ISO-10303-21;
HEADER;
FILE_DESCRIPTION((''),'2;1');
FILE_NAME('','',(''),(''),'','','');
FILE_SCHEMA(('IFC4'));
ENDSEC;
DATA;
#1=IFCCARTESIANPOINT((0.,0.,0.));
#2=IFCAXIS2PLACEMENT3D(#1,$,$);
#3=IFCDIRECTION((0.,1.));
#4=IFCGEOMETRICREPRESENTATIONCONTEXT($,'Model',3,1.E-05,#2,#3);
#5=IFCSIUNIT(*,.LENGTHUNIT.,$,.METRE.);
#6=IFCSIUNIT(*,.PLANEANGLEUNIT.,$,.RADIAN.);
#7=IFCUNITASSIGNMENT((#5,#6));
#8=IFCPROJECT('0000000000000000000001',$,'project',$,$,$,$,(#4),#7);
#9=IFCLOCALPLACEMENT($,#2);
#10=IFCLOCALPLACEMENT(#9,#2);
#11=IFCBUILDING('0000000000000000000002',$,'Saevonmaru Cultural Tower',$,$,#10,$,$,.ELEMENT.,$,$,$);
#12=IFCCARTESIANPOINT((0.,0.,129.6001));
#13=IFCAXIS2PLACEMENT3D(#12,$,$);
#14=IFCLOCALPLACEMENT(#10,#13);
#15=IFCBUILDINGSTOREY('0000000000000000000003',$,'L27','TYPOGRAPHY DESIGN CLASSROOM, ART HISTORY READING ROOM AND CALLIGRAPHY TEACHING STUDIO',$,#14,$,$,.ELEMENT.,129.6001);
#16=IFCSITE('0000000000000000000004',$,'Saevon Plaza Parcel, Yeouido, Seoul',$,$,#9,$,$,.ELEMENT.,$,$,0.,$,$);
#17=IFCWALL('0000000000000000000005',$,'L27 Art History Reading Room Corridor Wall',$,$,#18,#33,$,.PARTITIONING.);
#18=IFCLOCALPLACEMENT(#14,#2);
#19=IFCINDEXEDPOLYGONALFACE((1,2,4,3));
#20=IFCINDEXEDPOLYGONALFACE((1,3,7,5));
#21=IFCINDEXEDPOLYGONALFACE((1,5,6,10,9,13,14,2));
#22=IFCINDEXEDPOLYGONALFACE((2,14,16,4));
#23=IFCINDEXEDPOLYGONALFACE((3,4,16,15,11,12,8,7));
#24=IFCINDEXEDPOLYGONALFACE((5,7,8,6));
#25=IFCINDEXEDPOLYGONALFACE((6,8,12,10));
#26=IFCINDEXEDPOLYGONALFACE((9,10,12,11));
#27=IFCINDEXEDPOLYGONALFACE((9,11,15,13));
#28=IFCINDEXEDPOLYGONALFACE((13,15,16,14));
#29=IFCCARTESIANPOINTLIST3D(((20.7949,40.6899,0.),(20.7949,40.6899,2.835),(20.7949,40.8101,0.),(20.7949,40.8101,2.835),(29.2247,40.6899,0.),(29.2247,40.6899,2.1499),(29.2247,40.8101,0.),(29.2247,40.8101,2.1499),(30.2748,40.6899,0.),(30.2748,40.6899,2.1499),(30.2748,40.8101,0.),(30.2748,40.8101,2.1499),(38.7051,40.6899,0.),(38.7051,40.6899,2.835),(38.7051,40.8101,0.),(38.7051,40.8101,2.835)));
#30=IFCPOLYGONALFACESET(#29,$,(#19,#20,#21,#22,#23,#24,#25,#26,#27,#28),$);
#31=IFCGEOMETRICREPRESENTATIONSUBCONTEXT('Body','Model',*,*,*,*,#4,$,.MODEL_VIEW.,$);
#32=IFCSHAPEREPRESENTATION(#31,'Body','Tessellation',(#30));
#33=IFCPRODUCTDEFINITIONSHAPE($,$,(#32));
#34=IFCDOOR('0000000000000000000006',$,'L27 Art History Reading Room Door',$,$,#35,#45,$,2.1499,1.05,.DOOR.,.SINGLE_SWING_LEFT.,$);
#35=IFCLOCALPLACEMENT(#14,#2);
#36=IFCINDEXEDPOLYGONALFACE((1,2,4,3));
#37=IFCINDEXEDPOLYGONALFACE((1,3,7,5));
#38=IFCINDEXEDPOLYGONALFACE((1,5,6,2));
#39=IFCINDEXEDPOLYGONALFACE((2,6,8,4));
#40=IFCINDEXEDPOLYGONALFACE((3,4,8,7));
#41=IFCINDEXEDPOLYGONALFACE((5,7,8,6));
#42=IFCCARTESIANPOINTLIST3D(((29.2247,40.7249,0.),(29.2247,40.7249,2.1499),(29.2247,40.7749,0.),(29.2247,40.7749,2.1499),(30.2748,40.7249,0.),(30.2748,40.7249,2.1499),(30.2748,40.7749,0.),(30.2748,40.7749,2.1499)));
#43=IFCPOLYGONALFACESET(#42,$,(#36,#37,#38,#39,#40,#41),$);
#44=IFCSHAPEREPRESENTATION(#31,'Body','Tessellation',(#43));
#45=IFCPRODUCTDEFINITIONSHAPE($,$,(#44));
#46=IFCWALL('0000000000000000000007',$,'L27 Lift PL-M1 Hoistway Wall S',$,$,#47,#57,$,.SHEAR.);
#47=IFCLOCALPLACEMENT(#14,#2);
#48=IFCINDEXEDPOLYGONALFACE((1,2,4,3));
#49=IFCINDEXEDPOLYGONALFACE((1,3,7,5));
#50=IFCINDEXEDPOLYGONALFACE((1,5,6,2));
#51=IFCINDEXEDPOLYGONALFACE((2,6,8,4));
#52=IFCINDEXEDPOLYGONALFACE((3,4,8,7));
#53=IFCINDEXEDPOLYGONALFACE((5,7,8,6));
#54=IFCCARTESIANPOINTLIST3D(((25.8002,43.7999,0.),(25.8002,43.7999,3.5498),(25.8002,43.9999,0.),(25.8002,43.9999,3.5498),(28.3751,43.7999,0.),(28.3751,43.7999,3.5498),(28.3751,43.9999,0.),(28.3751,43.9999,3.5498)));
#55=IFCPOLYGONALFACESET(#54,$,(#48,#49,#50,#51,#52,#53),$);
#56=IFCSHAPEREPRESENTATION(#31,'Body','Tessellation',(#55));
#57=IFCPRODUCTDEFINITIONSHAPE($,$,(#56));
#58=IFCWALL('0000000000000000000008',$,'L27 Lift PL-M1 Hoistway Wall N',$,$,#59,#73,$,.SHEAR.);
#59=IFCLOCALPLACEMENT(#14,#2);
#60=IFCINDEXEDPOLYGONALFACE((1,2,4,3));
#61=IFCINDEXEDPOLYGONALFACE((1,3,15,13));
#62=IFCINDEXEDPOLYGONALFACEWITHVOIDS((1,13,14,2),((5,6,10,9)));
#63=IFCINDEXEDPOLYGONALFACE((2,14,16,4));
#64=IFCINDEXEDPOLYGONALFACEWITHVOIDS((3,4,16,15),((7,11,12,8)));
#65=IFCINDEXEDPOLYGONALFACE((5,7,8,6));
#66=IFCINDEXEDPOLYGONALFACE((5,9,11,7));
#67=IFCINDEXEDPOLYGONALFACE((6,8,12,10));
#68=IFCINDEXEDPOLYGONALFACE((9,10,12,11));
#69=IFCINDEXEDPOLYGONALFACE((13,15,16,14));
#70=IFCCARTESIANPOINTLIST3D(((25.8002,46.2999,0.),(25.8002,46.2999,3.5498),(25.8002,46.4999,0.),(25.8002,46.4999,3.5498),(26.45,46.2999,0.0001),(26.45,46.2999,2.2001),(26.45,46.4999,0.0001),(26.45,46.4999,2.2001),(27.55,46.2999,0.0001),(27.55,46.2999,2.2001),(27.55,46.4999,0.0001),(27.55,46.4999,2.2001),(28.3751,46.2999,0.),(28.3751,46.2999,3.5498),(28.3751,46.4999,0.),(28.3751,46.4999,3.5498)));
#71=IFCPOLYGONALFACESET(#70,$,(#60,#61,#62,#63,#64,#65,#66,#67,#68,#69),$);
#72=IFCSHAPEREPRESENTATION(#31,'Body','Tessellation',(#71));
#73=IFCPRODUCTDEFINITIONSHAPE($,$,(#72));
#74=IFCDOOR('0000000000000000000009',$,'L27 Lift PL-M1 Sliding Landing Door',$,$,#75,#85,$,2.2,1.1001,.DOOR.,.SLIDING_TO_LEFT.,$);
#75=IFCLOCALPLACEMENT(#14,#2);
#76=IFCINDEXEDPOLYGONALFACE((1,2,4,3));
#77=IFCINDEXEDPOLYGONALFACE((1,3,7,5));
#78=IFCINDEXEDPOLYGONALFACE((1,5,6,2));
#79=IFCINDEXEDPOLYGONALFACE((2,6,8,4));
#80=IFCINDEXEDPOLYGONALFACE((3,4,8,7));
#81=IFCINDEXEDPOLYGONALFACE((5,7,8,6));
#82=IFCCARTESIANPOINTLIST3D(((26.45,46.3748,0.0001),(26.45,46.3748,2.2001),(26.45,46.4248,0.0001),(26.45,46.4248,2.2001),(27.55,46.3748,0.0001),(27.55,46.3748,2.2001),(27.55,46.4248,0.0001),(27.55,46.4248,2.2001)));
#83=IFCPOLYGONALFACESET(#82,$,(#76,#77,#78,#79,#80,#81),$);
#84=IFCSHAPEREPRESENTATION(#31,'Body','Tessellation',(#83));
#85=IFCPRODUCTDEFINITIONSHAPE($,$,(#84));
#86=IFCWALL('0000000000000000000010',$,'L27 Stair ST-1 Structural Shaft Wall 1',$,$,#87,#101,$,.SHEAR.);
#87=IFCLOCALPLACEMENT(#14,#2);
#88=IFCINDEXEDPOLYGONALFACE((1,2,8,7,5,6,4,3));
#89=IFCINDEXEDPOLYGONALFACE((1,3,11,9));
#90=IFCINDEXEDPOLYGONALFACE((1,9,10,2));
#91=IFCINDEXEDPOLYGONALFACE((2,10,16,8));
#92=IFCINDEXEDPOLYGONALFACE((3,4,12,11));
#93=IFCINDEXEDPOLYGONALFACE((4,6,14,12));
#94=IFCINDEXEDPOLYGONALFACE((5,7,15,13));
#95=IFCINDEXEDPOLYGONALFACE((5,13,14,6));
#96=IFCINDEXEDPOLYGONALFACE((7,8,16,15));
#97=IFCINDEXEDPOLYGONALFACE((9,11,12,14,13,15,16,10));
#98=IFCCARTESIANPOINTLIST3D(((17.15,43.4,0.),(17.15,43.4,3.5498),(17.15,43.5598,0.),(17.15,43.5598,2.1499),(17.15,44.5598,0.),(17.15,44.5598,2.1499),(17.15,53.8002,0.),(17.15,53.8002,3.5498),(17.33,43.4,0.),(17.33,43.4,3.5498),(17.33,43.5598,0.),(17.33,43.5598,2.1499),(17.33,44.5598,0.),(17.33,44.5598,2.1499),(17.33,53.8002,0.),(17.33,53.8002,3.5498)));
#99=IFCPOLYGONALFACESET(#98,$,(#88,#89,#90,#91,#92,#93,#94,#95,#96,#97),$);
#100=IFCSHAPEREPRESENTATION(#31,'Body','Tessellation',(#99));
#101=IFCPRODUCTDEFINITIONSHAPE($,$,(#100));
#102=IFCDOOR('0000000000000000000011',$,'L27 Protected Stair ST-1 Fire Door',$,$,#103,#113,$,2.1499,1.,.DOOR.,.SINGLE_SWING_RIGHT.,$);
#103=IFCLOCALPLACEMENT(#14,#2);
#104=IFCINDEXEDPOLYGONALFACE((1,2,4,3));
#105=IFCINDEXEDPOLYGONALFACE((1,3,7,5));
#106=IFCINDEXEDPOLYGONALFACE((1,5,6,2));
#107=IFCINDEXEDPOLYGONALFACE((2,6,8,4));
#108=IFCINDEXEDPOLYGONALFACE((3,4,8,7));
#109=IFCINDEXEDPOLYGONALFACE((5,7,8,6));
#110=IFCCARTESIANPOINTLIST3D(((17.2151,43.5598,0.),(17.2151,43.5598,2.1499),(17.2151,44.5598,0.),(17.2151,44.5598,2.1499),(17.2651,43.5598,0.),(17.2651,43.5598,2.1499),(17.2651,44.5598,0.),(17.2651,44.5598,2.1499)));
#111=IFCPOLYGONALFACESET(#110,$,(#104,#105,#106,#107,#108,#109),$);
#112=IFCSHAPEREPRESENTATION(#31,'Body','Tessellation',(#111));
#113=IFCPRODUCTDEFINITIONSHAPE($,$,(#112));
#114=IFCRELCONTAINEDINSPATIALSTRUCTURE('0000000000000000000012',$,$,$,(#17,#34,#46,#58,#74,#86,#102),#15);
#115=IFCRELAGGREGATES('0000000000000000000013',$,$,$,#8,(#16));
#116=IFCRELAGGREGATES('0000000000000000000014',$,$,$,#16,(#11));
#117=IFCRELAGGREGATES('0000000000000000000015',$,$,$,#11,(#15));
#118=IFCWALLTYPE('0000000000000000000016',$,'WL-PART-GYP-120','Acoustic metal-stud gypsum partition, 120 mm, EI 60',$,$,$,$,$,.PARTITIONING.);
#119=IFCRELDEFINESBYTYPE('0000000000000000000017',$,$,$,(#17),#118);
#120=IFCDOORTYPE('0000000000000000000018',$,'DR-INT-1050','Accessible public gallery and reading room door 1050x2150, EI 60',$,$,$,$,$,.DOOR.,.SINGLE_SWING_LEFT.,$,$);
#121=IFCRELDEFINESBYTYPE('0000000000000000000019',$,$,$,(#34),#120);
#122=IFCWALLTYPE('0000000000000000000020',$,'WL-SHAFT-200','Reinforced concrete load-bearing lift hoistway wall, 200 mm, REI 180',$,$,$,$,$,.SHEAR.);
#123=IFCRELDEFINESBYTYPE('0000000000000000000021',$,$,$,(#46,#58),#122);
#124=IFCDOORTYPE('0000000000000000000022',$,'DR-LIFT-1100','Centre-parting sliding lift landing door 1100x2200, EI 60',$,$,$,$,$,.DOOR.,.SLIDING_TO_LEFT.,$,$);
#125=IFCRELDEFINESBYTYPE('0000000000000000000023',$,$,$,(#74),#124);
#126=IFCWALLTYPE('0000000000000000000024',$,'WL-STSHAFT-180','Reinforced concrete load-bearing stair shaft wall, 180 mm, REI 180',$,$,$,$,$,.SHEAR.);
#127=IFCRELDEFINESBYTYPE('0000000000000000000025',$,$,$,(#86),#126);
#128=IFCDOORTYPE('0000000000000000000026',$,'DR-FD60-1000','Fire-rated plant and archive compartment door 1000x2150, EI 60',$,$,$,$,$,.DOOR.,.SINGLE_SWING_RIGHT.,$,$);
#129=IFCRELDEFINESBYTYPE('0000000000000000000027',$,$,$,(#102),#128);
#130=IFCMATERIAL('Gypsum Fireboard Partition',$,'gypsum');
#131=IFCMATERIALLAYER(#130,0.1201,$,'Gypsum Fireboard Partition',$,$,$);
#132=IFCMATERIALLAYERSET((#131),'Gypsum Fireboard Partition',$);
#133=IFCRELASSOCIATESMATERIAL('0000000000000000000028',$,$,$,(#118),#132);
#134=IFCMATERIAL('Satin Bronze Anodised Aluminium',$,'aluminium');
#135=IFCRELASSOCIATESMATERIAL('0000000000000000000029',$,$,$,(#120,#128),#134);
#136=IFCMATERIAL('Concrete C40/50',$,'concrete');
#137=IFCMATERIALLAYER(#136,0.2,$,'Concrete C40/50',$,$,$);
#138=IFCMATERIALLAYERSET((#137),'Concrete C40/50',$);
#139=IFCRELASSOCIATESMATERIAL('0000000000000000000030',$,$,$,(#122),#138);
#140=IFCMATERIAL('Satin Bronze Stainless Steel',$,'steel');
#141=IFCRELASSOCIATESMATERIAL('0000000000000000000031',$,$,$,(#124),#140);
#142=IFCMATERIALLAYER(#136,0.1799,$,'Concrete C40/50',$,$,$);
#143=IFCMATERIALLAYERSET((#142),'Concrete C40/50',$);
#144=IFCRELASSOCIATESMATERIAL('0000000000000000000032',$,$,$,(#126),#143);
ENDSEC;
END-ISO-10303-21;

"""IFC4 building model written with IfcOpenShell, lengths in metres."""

from ifc_helpers import new_model, si_unit, direction, frame, frame_2d, origin, place, context, subcontext, project, spatial, rectangle, extrude, material, layer, layer_set, type_object, element, fill, save


model = new_model("IFC4")

# Units and contexts
model_context = context("Model", 3, precision=1e-05, world=origin(), true_north=direction((0.0, 1.0)))
body_context = subcontext(model_context, "Body", "Model", "MODEL_VIEW")
ifc_project = project(units=[si_unit("LENGTHUNIT", "METRE"), si_unit("PLANEANGLEUNIT", "RADIAN")], contexts=[model_context])

# Site, building, storey
site_placement = place(None, origin())
site = spatial("IfcSite", under=ifc_project, at=site_placement, Name="Saevon Plaza Parcel, Yeouido, Seoul", CompositionType="ELEMENT", RefElevation=0.0)
building_placement = place(site_placement, origin())
building = spatial("IfcBuilding", under=site, at=building_placement, Name="Saevonmaru Cultural Tower", CompositionType="ELEMENT")
storey_placement = place(building_placement, frame((0.0, 0.0, 129.6001)))
storey = spatial("IfcBuildingStorey", under=building, at=storey_placement, Name="L27", Description="TYPOGRAPHY DESIGN CLASSROOM, ART HISTORY READING ROOM AND CALLIGRAPHY TEACHING STUDIO", CompositionType="ELEMENT", Elevation=129.6001)

# Shared definitions
ifc_material_1 = material(Name="Gypsum Fireboard Partition", Category="gypsum")
ifc_material_2 = material(Name="Satin Bronze Anodised Aluminium", Category="aluminium")

# Wall, opening, door
ifc_layer_1 = layer(ifc_material_1, 0.1201, Name="Gypsum Fireboard Partition")
ifc_layer_set_1 = layer_set([ifc_layer_1], Name="Gypsum Fireboard Partition")
wall_type_1 = type_object("IfcWallType", Name="WL-PART-GYP-120", Description="Acoustic metal-stud gypsum partition, 120 mm, EI 60", PredefinedType="PARTITIONING", material=ifc_layer_set_1)
wall_1_placement = place(storey_placement, frame((20.7949, 40.75, 0.0), z_axis=(0.0, 0.0, 1.0), x_axis=(1.0, 0.0, 0.0)))
wall_1 = element("IfcWall", 1, at=wall_1_placement, inside=storey, type_object=wall_type_1, Name="L27 Art History Reading Room Corridor Wall", PredefinedType="PARTITIONING", context=body_context, shape_type="SweptSolid", body=[
    extrude(rectangle(XDim=17.9102, YDim=0.1201, at=frame_2d((8.9551, 0.0))), origin(), (0.0, 0.0, 1.0), 2.835),
])
opening_1_placement = place(wall_1_placement, frame((8.4299, 0.0, 0.0)))
opening_1 = element("IfcOpeningElement", 2, at=opening_1_placement, cuts=wall_1, PredefinedType="OPENING", context=body_context, shape_type="SweptSolid", body=[
    extrude(rectangle(XDim=1.05, YDim=2.1499, at=frame_2d((0.5249, 1.075))), frame((0.0, 0.0701, 0.0), z_axis=(0.0, -1.0, 0.0), x_axis=(1.0, 0.0, 0.0)), (0.0, 0.0, 1.0), 0.1401),
])
door_type_1 = type_object("IfcDoorType", Name="DR-INT-1050", Description="Accessible public gallery and reading room door 1050x2150, EI 60", OperationType="SINGLE_SWING_LEFT", PredefinedType="DOOR", material=ifc_material_2)
door_1_placement = place(opening_1_placement, origin())
door_1 = element("IfcDoor", 3, at=door_1_placement, inside=storey, type_object=door_type_1, Name="L27 Art History Reading Room Door", OperationType="SINGLE_SWING_LEFT", OverallHeight=2.1499, OverallWidth=1.05, PredefinedType="DOOR", context=body_context, shape_type="SweptSolid", body=[
    extrude(rectangle(XDim=1.05, YDim=2.1499, at=frame_2d((0.5249, 1.075))), frame((0.0, 0.0249, 0.0), z_axis=(0.0, -1.0, 0.0), x_axis=(1.0, 0.0, 0.0)), (0.0, 0.0, 1.0), 0.05),
])
fill(opening_1, door_1)

# Wall
ifc_material_3 = material(Name="Concrete C40/50", Category="concrete")
ifc_layer_2 = layer(ifc_material_3, 0.2, Name="Concrete C40/50")
ifc_layer_set_2 = layer_set([ifc_layer_2], Name="Concrete C40/50")
wall_type_2 = type_object("IfcWallType", Name="WL-SHAFT-200", Description="Reinforced concrete load-bearing lift hoistway wall, 200 mm, REI 180", PredefinedType="SHEAR", material=ifc_layer_set_2)
wall_2_placement = place(storey_placement, frame((25.8, 43.8999, 0.0), z_axis=(0.0, 0.0, 1.0), x_axis=(1.0, 0.0, 0.0)))
element("IfcWall", 4, at=wall_2_placement, inside=storey, type_object=wall_type_2, Name="L27 Lift PL-M1 Hoistway Wall S", PredefinedType="SHEAR", context=body_context, shape_type="SweptSolid", body=[
    extrude(rectangle(XDim=2.575, YDim=0.2, at=frame_2d((1.2876, 0.0))), origin(), (0.0, 0.0, 1.0), 3.5498),
])

# Walls, openings, doors
wall_3_placement = place(storey_placement, frame((25.8, 46.3999, 0.0), z_axis=(0.0, 0.0, 1.0), x_axis=(1.0, 0.0, 0.0)))
wall_3 = element("IfcWall", 5, at=wall_3_placement, inside=storey, type_object=wall_type_2, Name="L27 Lift PL-M1 Hoistway Wall N", PredefinedType="SHEAR", context=body_context, shape_type="SweptSolid", body=[
    extrude(rectangle(XDim=2.575, YDim=0.2, at=frame_2d((1.2876, 0.0))), origin(), (0.0, 0.0, 1.0), 3.5498),
])
opening_2_placement = place(wall_3_placement, frame((0.6499, 0.0, 0.0)))
opening_2 = element("IfcOpeningElement", 6, at=opening_2_placement, cuts=wall_3, PredefinedType="OPENING", context=body_context, shape_type="SweptSolid", body=[
    extrude(rectangle(XDim=1.1001, YDim=2.2, at=frame_2d((0.55, 1.1001))), frame((0.0, 0.1099, 0.0), z_axis=(0.0, -1.0, 0.0), x_axis=(1.0, 0.0, 0.0)), (0.0, 0.0, 1.0), 0.22),
])
ifc_material_4 = material(Name="Satin Bronze Stainless Steel", Category="steel")
door_type_2 = type_object("IfcDoorType", Name="DR-LIFT-1100", Description="Centre-parting sliding lift landing door 1100x2200, EI 60", OperationType="SLIDING_TO_LEFT", PredefinedType="DOOR", material=ifc_material_4)
door_2_placement = place(opening_2_placement, origin())
door_2 = element("IfcDoor", 7, at=door_2_placement, inside=storey, type_object=door_type_2, Name="L27 Lift PL-M1 Sliding Landing Door", OperationType="SLIDING_TO_LEFT", OverallHeight=2.2, OverallWidth=1.1001, PredefinedType="DOOR", context=body_context, shape_type="SweptSolid", body=[
    extrude(rectangle(XDim=1.1001, YDim=2.2, at=frame_2d((0.55, 1.1001))), frame((0.0, 0.0249, 0.0), z_axis=(0.0, -1.0, 0.0), x_axis=(1.0, 0.0, 0.0)), (0.0, 0.0, 1.0), 0.05),
])
fill(opening_2, door_2)
ifc_layer_3 = layer(ifc_material_3, 0.1799, Name="Concrete C40/50")
ifc_layer_set_3 = layer_set([ifc_layer_3], Name="Concrete C40/50")
wall_type_3 = type_object("IfcWallType", Name="WL-STSHAFT-180", Description="Reinforced concrete load-bearing stair shaft wall, 180 mm, REI 180", PredefinedType="SHEAR", material=ifc_layer_set_3)
wall_4_placement = place(storey_placement, frame((17.24, 43.3999, 0.0), z_axis=(0.0, 0.0, 1.0), x_axis=(0.0, 1.0, 0.0)))
wall_4 = element("IfcWall", 8, at=wall_4_placement, inside=storey, type_object=wall_type_3, Name="L27 Stair ST-1 Structural Shaft Wall 1", PredefinedType="SHEAR", context=body_context, shape_type="SweptSolid", body=[
    extrude(rectangle(XDim=10.4001, YDim=0.1799, at=frame_2d((5.2002, 0.0))), origin(), (0.0, 0.0, 1.0), 3.5498),
])
opening_3_placement = place(wall_4_placement, frame((0.1599, 0.0, 0.0)))
opening_3 = element("IfcOpeningElement", 9, at=opening_3_placement, cuts=wall_4, PredefinedType="OPENING", context=body_context, shape_type="SweptSolid", body=[
    extrude(rectangle(XDim=1.0, YDim=2.1499, at=frame_2d((0.5, 1.075))), frame((0.0, 0.1001, 0.0), z_axis=(0.0, -1.0, 0.0), x_axis=(1.0, 0.0, 0.0)), (0.0, 0.0, 1.0), 0.2),
])
door_type_3 = type_object("IfcDoorType", Name="DR-FD60-1000", Description="Fire-rated plant and archive compartment door 1000x2150, EI 60", OperationType="SINGLE_SWING_RIGHT", PredefinedType="DOOR", material=ifc_material_2)
door_3_placement = place(opening_3_placement, origin())
door_3 = element("IfcDoor", 10, at=door_3_placement, inside=storey, type_object=door_type_3, Name="L27 Protected Stair ST-1 Fire Door", OperationType="SINGLE_SWING_RIGHT", OverallHeight=2.1499, OverallWidth=1.0, PredefinedType="DOOR", context=body_context, shape_type="SweptSolid", body=[
    extrude(rectangle(XDim=1.0, YDim=2.1499, at=frame_2d((0.5, 1.075))), frame((0.0, 0.0249, 0.0), z_axis=(0.0, -1.0, 0.0), x_axis=(1.0, 0.0, 0.0)), (0.0, 0.0, 1.0), 0.05),
])
fill(opening_3, door_3)

save(model, "model.ifc")
